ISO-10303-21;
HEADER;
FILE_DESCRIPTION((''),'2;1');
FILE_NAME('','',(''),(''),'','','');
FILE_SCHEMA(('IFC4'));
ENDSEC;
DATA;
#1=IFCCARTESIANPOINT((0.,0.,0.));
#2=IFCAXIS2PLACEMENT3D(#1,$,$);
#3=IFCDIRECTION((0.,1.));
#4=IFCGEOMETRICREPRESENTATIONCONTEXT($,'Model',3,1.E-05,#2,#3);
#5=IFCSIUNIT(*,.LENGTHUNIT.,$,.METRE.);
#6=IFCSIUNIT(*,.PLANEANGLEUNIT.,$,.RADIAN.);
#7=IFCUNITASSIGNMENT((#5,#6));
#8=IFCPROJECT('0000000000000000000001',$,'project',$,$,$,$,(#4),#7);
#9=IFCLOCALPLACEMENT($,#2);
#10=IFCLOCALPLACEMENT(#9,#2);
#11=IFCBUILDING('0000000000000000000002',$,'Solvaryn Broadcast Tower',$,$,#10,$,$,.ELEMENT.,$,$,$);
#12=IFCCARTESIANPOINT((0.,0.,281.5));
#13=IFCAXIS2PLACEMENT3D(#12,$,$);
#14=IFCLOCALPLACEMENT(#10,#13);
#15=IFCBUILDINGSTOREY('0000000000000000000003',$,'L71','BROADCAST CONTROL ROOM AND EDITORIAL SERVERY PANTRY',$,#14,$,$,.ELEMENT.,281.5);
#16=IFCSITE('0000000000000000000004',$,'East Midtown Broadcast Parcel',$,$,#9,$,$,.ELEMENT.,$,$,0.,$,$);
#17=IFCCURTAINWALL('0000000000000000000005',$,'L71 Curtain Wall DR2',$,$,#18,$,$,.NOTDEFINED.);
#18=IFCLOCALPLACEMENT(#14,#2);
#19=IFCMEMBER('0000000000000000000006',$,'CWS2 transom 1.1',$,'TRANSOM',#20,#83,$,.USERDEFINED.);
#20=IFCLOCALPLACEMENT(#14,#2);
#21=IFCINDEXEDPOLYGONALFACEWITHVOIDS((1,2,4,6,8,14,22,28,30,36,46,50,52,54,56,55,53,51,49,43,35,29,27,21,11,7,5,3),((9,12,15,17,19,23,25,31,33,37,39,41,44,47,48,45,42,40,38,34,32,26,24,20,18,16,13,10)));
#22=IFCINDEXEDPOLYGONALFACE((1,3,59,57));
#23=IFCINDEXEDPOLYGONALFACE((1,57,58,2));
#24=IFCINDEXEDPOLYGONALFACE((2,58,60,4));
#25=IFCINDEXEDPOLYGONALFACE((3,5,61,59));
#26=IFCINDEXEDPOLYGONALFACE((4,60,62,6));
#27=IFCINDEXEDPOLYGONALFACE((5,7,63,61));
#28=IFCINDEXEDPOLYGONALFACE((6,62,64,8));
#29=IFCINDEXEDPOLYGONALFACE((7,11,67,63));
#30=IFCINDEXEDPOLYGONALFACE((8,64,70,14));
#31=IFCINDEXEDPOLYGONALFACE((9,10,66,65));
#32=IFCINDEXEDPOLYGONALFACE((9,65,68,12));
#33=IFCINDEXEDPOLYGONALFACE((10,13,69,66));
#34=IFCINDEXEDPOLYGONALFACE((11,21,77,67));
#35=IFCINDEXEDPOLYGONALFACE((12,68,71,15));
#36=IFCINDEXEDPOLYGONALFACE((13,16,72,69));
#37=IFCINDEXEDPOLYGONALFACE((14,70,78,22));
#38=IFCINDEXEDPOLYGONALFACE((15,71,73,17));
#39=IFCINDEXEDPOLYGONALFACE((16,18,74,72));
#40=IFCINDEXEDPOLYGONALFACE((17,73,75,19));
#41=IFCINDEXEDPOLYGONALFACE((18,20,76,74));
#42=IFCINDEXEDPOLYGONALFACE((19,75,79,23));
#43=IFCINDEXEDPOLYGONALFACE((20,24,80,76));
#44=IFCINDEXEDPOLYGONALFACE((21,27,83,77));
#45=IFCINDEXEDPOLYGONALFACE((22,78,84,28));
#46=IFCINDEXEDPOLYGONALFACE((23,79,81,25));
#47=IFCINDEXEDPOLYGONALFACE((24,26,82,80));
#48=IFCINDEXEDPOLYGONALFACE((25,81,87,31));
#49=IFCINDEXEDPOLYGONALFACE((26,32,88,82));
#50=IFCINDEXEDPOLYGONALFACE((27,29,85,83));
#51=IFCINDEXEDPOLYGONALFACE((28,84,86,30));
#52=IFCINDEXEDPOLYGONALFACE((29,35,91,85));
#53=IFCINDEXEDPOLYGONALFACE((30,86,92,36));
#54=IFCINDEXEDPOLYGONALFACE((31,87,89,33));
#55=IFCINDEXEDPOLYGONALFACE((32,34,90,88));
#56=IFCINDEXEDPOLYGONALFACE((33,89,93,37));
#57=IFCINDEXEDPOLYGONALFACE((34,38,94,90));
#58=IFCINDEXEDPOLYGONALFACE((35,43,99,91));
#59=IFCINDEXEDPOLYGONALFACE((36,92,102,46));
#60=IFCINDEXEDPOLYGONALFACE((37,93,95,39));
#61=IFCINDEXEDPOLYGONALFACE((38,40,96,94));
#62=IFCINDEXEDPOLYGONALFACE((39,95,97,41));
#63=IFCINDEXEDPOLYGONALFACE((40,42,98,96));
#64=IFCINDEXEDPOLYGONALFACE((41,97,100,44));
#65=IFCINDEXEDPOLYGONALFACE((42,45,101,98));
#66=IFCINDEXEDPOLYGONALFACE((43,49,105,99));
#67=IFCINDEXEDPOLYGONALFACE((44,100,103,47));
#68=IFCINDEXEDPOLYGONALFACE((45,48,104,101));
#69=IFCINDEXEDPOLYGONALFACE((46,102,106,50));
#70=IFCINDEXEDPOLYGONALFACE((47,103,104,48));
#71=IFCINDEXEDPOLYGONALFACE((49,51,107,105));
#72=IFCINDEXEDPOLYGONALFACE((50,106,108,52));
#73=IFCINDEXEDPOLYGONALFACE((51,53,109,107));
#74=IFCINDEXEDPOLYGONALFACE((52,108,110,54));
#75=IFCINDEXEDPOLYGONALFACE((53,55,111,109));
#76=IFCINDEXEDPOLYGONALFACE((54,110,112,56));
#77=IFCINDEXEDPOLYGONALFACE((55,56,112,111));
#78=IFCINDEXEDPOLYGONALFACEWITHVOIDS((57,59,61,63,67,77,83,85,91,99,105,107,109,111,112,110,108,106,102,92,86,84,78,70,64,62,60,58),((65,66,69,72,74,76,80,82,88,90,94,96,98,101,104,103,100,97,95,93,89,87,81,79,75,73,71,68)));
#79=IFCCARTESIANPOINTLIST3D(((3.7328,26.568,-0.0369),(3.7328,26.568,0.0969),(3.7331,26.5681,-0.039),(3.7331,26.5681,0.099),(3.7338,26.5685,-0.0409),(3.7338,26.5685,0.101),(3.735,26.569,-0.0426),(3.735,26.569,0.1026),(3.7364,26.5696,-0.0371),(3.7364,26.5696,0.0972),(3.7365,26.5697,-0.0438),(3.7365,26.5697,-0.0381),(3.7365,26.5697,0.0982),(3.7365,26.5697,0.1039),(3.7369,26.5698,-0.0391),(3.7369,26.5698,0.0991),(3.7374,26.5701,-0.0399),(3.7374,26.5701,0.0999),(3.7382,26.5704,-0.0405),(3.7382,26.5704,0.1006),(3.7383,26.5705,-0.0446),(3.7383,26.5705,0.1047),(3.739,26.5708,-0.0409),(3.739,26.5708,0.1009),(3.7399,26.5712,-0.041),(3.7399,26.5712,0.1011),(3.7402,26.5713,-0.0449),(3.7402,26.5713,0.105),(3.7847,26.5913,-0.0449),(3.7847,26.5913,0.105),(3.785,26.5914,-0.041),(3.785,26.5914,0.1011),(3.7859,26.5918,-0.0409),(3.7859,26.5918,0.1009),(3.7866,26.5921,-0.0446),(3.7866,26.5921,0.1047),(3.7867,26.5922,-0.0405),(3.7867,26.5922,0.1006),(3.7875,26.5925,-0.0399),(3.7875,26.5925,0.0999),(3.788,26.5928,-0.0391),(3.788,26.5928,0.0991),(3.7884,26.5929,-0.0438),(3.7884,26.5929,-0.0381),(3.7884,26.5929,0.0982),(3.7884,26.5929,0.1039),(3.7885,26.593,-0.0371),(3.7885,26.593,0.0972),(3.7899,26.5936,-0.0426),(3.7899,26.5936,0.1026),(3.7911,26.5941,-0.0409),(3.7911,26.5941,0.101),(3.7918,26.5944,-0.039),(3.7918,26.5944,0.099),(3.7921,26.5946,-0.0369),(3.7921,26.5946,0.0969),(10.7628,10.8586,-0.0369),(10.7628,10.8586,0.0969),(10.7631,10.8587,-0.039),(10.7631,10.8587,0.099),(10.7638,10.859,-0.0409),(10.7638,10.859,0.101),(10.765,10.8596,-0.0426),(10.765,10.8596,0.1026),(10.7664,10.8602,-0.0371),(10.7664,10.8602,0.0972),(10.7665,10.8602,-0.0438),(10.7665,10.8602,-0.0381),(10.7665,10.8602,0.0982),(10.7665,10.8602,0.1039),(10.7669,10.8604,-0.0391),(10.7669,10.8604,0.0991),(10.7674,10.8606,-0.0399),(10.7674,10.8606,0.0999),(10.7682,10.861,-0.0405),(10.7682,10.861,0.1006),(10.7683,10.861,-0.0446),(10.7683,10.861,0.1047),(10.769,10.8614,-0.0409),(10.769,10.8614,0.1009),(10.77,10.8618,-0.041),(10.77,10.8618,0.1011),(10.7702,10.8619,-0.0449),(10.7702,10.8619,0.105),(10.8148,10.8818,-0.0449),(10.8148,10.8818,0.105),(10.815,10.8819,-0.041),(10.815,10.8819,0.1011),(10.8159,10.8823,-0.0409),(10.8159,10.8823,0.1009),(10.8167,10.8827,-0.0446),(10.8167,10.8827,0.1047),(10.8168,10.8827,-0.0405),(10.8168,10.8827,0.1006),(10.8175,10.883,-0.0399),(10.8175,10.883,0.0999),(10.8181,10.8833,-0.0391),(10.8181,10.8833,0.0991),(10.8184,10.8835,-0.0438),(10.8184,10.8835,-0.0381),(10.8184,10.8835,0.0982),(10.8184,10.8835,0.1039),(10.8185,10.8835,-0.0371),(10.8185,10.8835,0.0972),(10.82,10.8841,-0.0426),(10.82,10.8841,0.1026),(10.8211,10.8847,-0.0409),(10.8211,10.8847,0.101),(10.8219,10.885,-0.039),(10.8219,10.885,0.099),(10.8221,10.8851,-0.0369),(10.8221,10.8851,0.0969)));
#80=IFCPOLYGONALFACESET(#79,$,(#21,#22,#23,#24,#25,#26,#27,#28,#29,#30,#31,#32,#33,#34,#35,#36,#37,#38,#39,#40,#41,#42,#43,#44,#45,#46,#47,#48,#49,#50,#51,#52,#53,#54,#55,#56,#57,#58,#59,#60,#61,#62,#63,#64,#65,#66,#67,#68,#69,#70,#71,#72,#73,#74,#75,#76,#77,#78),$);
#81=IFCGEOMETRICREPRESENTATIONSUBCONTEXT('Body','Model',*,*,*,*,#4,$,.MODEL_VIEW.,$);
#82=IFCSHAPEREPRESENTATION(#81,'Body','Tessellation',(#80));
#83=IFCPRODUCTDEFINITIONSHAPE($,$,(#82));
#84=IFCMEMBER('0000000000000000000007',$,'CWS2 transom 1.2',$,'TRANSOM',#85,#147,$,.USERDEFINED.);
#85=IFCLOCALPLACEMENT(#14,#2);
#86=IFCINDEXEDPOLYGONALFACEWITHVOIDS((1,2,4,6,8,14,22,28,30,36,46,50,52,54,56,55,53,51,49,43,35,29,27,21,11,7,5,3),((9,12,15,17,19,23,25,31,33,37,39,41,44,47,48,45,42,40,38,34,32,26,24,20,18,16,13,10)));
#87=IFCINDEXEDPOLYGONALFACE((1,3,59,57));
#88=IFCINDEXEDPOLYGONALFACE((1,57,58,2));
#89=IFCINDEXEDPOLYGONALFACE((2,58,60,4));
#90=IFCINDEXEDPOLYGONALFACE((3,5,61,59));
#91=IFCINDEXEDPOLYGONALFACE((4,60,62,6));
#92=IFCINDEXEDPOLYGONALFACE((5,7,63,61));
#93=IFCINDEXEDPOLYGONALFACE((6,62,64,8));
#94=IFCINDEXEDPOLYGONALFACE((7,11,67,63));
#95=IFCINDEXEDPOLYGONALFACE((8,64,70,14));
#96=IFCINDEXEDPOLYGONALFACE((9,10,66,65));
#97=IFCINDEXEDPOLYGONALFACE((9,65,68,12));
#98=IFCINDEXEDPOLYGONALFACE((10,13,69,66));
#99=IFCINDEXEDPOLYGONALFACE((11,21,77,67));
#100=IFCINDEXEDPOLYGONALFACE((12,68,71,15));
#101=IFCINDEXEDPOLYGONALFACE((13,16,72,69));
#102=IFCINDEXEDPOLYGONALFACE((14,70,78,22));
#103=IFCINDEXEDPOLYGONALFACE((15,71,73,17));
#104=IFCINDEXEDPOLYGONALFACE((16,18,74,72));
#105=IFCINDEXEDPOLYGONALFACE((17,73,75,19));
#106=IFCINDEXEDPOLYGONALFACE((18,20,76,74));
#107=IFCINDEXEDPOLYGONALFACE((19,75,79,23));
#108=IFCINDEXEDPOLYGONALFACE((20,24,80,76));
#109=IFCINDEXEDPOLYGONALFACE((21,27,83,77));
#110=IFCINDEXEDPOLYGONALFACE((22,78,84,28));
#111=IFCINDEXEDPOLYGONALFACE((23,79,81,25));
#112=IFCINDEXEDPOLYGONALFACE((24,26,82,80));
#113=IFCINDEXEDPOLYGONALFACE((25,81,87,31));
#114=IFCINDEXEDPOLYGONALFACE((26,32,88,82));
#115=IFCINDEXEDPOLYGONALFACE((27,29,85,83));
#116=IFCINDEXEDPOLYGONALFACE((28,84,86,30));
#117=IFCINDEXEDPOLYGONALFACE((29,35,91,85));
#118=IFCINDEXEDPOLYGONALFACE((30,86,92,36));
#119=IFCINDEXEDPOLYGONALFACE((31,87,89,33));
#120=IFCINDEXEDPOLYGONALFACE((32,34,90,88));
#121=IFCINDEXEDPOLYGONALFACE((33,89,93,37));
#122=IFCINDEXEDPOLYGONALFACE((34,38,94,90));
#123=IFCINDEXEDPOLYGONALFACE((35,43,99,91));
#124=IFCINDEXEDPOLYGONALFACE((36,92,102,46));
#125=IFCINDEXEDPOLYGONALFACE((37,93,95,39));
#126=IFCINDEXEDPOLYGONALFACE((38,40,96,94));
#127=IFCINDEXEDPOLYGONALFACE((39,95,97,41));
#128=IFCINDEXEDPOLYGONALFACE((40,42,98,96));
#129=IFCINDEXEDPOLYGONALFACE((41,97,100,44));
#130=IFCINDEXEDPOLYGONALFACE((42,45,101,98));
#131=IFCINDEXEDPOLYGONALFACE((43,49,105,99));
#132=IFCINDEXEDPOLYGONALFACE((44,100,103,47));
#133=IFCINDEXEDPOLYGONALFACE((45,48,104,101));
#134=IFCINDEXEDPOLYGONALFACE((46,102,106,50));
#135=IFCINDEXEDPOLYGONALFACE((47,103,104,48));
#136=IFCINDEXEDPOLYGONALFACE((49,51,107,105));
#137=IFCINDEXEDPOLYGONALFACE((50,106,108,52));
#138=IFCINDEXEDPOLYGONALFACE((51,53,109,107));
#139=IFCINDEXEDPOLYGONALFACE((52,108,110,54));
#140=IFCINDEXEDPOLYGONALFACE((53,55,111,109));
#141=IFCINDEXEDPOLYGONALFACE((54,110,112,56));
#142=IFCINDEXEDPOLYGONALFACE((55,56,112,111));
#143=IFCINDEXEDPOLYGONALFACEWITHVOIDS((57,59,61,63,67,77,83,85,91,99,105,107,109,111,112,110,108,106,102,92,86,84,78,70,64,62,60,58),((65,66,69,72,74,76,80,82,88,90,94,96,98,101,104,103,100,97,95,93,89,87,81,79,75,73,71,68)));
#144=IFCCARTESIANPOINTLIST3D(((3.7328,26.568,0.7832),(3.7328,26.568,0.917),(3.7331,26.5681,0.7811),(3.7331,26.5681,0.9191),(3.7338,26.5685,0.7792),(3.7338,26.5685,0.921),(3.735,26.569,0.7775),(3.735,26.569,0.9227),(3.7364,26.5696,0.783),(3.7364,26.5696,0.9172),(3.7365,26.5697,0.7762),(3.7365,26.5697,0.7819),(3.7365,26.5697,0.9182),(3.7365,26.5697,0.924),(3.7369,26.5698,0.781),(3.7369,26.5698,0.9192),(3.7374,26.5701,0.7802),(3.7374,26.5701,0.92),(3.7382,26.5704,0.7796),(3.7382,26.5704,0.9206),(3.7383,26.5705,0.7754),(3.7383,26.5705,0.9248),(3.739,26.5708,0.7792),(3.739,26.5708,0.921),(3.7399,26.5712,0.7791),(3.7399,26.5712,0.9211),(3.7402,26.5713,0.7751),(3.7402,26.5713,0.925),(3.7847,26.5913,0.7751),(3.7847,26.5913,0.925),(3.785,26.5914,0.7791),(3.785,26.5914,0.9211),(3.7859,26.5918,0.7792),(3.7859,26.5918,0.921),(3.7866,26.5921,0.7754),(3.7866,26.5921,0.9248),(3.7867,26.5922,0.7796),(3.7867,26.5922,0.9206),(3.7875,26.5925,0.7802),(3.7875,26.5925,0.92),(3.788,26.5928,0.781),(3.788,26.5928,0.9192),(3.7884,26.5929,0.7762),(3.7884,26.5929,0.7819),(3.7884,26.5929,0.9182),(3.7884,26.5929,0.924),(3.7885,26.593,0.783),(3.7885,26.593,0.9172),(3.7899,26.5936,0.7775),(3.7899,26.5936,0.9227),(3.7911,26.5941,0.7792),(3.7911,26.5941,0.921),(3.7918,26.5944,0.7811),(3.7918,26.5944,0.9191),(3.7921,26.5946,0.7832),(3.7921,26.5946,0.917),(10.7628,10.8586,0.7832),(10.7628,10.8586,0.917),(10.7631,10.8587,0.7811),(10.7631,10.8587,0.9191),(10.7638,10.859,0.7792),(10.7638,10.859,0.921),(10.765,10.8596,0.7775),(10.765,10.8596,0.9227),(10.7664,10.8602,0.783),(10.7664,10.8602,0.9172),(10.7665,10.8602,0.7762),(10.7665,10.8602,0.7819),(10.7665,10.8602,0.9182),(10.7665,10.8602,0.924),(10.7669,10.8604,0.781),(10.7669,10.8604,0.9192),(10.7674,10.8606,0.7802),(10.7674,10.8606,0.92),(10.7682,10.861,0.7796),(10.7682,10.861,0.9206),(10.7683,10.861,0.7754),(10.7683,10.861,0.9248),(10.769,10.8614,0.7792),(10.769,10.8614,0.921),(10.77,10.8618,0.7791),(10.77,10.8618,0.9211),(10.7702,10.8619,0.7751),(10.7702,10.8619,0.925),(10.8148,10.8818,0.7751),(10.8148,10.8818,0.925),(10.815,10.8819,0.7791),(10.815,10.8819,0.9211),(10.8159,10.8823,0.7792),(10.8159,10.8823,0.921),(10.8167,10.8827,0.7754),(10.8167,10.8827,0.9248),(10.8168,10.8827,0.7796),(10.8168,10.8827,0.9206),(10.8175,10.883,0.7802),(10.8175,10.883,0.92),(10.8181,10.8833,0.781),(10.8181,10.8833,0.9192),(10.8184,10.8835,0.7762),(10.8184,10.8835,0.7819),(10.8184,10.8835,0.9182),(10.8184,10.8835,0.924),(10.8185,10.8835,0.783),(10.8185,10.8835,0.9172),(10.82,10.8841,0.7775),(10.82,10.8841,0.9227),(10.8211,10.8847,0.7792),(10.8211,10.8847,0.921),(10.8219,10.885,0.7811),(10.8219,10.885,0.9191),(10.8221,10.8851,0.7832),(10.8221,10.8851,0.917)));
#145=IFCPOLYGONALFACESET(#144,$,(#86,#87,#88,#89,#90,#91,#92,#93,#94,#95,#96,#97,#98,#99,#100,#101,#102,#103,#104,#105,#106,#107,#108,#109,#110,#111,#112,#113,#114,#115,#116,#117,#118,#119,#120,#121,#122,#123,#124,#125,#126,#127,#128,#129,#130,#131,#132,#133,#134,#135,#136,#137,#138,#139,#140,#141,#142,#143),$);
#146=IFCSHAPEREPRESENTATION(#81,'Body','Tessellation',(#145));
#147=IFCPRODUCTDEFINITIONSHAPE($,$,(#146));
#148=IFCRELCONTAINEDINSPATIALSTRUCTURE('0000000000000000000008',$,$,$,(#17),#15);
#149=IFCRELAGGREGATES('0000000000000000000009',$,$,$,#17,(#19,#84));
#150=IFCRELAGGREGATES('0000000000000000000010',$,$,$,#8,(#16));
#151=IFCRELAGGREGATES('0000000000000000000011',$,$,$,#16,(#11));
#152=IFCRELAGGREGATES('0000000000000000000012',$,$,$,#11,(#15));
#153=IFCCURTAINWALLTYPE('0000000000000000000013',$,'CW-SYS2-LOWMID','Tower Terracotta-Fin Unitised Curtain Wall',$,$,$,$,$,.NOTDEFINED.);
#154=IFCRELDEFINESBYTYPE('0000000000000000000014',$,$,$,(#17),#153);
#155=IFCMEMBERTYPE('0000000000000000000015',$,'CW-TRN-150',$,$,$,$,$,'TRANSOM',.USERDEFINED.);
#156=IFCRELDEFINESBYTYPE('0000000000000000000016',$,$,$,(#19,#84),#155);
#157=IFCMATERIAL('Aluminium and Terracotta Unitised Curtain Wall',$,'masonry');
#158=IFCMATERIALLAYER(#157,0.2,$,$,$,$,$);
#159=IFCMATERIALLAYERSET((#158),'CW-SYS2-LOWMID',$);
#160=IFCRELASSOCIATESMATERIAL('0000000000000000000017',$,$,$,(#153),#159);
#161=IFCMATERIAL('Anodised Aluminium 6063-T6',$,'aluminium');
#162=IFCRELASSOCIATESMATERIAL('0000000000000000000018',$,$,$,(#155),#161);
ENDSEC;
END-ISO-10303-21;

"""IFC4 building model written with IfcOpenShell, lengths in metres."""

from ifc_helpers import new_model, si_unit, direction, frame, origin, origin_2d, place, context, subcontext, project, spatial, hollow_rectangle, extrude, material, layer, layer_set, material_profile, profile_set, type_object, element, aggregate, save


model = new_model("IFC4")

# Units and contexts
model_context = context("Model", 3, precision=1e-05, world=origin(), true_north=direction((0.0, 1.0)))
body_context = subcontext(model_context, "Body", "Model", "MODEL_VIEW")
ifc_project = project(units=[si_unit("LENGTHUNIT", "METRE"), si_unit("PLANEANGLEUNIT", "RADIAN")], contexts=[model_context])

# Site, building, storey
site_placement = place(None, origin())
site = spatial("IfcSite", under=ifc_project, at=site_placement, Name="East Midtown Broadcast Parcel", CompositionType="ELEMENT", RefElevation=0.0)
building_placement = place(site_placement, origin())
building = spatial("IfcBuilding", under=site, at=building_placement, Name="Solvaryn Broadcast Tower", CompositionType="ELEMENT")
storey_placement = place(building_placement, frame((0.0, 0.0, 281.5)))
storey = spatial("IfcBuildingStorey", under=building, at=storey_placement, Name="L71", Description="BROADCAST CONTROL ROOM AND EDITORIAL SERVERY PANTRY", CompositionType="ELEMENT", Elevation=281.5)

# Shared definitions
ifc_material_1 = material(Name="Aluminium and Terracotta Unitised Curtain Wall", Category="masonry")
ifc_layer_1 = layer(ifc_material_1, 0.2)
ifc_layer_set_1 = layer_set([ifc_layer_1], Name="CW-SYS2-LOWMID")
curtain_wall_type = type_object("IfcCurtainWallType", Name="CW-SYS2-LOWMID", Description="Tower Terracotta-Fin Unitised Curtain Wall", PredefinedType="NOTDEFINED", material=ifc_layer_set_1)

# Curtain wall, members
curtain_wall_1_placement = place(storey_placement, origin())
curtain_wall_1 = element("IfcCurtainWall", 1, at=curtain_wall_1_placement, inside=storey, type_object=curtain_wall_type, Name="L71 Curtain Wall DR2", PredefinedType="NOTDEFINED")
ifc_material_2 = material(Name="Anodised Aluminium 6063-T6", Category="aluminium")
ifc_material_profile_1 = material_profile(ifc_material_2, hollow_rectangle(XDim=0.0649, YDim=0.1499, WallThickness=0.0039, InnerFilletRadius=0.0039, OuterFilletRadius=0.0081, at=origin_2d()))
ifc_profile_set_1 = profile_set([ifc_material_profile_1], Name="Anodised Aluminium 6063-T6")
member_type_1 = type_object("IfcMemberType", Name="CW-TRN-150", ElementType="TRANSOM", PredefinedType="USERDEFINED", material=ifc_profile_set_1)
member_1_placement = place(storey_placement, frame((3.7625, 26.5813, 0.03), z_axis=(0.408468, -0.912773, 0.0), x_axis=(0.912773, 0.408468, 0.0)))
member_1 = element("IfcMember", 2, at=member_1_placement, type_object=member_type_1, Name="CWS2 transom 1.1", ObjectType="TRANSOM", PredefinedType="USERDEFINED", context=body_context, shape_type="SweptSolid", body=[
    extrude(hollow_rectangle(XDim=0.0649, YDim=0.1499, WallThickness=0.0039, InnerFilletRadius=0.0039, OuterFilletRadius=0.0081, at=origin_2d()), origin(), (0.0, 0.0, 1.0), 17.2107),
])
member_2_placement = place(storey_placement, frame((3.7625, 26.5813, 0.8501), z_axis=(0.408468, -0.912773, 0.0), x_axis=(0.912773, 0.408468, 0.0)))
member_2 = element("IfcMember", 3, at=member_2_placement, type_object=member_type_1, Name="CWS2 transom 1.2", ObjectType="TRANSOM", PredefinedType="USERDEFINED", context=body_context, shape_type="SweptSolid", body=[
    extrude(hollow_rectangle(XDim=0.0649, YDim=0.1499, WallThickness=0.0039, InnerFilletRadius=0.0039, OuterFilletRadius=0.0081, at=origin_2d()), origin(), (0.0, 0.0, 1.0), 17.2107),
])
aggregate(curtain_wall_1, [member_1, member_2])

save(model, "model.ifc")
